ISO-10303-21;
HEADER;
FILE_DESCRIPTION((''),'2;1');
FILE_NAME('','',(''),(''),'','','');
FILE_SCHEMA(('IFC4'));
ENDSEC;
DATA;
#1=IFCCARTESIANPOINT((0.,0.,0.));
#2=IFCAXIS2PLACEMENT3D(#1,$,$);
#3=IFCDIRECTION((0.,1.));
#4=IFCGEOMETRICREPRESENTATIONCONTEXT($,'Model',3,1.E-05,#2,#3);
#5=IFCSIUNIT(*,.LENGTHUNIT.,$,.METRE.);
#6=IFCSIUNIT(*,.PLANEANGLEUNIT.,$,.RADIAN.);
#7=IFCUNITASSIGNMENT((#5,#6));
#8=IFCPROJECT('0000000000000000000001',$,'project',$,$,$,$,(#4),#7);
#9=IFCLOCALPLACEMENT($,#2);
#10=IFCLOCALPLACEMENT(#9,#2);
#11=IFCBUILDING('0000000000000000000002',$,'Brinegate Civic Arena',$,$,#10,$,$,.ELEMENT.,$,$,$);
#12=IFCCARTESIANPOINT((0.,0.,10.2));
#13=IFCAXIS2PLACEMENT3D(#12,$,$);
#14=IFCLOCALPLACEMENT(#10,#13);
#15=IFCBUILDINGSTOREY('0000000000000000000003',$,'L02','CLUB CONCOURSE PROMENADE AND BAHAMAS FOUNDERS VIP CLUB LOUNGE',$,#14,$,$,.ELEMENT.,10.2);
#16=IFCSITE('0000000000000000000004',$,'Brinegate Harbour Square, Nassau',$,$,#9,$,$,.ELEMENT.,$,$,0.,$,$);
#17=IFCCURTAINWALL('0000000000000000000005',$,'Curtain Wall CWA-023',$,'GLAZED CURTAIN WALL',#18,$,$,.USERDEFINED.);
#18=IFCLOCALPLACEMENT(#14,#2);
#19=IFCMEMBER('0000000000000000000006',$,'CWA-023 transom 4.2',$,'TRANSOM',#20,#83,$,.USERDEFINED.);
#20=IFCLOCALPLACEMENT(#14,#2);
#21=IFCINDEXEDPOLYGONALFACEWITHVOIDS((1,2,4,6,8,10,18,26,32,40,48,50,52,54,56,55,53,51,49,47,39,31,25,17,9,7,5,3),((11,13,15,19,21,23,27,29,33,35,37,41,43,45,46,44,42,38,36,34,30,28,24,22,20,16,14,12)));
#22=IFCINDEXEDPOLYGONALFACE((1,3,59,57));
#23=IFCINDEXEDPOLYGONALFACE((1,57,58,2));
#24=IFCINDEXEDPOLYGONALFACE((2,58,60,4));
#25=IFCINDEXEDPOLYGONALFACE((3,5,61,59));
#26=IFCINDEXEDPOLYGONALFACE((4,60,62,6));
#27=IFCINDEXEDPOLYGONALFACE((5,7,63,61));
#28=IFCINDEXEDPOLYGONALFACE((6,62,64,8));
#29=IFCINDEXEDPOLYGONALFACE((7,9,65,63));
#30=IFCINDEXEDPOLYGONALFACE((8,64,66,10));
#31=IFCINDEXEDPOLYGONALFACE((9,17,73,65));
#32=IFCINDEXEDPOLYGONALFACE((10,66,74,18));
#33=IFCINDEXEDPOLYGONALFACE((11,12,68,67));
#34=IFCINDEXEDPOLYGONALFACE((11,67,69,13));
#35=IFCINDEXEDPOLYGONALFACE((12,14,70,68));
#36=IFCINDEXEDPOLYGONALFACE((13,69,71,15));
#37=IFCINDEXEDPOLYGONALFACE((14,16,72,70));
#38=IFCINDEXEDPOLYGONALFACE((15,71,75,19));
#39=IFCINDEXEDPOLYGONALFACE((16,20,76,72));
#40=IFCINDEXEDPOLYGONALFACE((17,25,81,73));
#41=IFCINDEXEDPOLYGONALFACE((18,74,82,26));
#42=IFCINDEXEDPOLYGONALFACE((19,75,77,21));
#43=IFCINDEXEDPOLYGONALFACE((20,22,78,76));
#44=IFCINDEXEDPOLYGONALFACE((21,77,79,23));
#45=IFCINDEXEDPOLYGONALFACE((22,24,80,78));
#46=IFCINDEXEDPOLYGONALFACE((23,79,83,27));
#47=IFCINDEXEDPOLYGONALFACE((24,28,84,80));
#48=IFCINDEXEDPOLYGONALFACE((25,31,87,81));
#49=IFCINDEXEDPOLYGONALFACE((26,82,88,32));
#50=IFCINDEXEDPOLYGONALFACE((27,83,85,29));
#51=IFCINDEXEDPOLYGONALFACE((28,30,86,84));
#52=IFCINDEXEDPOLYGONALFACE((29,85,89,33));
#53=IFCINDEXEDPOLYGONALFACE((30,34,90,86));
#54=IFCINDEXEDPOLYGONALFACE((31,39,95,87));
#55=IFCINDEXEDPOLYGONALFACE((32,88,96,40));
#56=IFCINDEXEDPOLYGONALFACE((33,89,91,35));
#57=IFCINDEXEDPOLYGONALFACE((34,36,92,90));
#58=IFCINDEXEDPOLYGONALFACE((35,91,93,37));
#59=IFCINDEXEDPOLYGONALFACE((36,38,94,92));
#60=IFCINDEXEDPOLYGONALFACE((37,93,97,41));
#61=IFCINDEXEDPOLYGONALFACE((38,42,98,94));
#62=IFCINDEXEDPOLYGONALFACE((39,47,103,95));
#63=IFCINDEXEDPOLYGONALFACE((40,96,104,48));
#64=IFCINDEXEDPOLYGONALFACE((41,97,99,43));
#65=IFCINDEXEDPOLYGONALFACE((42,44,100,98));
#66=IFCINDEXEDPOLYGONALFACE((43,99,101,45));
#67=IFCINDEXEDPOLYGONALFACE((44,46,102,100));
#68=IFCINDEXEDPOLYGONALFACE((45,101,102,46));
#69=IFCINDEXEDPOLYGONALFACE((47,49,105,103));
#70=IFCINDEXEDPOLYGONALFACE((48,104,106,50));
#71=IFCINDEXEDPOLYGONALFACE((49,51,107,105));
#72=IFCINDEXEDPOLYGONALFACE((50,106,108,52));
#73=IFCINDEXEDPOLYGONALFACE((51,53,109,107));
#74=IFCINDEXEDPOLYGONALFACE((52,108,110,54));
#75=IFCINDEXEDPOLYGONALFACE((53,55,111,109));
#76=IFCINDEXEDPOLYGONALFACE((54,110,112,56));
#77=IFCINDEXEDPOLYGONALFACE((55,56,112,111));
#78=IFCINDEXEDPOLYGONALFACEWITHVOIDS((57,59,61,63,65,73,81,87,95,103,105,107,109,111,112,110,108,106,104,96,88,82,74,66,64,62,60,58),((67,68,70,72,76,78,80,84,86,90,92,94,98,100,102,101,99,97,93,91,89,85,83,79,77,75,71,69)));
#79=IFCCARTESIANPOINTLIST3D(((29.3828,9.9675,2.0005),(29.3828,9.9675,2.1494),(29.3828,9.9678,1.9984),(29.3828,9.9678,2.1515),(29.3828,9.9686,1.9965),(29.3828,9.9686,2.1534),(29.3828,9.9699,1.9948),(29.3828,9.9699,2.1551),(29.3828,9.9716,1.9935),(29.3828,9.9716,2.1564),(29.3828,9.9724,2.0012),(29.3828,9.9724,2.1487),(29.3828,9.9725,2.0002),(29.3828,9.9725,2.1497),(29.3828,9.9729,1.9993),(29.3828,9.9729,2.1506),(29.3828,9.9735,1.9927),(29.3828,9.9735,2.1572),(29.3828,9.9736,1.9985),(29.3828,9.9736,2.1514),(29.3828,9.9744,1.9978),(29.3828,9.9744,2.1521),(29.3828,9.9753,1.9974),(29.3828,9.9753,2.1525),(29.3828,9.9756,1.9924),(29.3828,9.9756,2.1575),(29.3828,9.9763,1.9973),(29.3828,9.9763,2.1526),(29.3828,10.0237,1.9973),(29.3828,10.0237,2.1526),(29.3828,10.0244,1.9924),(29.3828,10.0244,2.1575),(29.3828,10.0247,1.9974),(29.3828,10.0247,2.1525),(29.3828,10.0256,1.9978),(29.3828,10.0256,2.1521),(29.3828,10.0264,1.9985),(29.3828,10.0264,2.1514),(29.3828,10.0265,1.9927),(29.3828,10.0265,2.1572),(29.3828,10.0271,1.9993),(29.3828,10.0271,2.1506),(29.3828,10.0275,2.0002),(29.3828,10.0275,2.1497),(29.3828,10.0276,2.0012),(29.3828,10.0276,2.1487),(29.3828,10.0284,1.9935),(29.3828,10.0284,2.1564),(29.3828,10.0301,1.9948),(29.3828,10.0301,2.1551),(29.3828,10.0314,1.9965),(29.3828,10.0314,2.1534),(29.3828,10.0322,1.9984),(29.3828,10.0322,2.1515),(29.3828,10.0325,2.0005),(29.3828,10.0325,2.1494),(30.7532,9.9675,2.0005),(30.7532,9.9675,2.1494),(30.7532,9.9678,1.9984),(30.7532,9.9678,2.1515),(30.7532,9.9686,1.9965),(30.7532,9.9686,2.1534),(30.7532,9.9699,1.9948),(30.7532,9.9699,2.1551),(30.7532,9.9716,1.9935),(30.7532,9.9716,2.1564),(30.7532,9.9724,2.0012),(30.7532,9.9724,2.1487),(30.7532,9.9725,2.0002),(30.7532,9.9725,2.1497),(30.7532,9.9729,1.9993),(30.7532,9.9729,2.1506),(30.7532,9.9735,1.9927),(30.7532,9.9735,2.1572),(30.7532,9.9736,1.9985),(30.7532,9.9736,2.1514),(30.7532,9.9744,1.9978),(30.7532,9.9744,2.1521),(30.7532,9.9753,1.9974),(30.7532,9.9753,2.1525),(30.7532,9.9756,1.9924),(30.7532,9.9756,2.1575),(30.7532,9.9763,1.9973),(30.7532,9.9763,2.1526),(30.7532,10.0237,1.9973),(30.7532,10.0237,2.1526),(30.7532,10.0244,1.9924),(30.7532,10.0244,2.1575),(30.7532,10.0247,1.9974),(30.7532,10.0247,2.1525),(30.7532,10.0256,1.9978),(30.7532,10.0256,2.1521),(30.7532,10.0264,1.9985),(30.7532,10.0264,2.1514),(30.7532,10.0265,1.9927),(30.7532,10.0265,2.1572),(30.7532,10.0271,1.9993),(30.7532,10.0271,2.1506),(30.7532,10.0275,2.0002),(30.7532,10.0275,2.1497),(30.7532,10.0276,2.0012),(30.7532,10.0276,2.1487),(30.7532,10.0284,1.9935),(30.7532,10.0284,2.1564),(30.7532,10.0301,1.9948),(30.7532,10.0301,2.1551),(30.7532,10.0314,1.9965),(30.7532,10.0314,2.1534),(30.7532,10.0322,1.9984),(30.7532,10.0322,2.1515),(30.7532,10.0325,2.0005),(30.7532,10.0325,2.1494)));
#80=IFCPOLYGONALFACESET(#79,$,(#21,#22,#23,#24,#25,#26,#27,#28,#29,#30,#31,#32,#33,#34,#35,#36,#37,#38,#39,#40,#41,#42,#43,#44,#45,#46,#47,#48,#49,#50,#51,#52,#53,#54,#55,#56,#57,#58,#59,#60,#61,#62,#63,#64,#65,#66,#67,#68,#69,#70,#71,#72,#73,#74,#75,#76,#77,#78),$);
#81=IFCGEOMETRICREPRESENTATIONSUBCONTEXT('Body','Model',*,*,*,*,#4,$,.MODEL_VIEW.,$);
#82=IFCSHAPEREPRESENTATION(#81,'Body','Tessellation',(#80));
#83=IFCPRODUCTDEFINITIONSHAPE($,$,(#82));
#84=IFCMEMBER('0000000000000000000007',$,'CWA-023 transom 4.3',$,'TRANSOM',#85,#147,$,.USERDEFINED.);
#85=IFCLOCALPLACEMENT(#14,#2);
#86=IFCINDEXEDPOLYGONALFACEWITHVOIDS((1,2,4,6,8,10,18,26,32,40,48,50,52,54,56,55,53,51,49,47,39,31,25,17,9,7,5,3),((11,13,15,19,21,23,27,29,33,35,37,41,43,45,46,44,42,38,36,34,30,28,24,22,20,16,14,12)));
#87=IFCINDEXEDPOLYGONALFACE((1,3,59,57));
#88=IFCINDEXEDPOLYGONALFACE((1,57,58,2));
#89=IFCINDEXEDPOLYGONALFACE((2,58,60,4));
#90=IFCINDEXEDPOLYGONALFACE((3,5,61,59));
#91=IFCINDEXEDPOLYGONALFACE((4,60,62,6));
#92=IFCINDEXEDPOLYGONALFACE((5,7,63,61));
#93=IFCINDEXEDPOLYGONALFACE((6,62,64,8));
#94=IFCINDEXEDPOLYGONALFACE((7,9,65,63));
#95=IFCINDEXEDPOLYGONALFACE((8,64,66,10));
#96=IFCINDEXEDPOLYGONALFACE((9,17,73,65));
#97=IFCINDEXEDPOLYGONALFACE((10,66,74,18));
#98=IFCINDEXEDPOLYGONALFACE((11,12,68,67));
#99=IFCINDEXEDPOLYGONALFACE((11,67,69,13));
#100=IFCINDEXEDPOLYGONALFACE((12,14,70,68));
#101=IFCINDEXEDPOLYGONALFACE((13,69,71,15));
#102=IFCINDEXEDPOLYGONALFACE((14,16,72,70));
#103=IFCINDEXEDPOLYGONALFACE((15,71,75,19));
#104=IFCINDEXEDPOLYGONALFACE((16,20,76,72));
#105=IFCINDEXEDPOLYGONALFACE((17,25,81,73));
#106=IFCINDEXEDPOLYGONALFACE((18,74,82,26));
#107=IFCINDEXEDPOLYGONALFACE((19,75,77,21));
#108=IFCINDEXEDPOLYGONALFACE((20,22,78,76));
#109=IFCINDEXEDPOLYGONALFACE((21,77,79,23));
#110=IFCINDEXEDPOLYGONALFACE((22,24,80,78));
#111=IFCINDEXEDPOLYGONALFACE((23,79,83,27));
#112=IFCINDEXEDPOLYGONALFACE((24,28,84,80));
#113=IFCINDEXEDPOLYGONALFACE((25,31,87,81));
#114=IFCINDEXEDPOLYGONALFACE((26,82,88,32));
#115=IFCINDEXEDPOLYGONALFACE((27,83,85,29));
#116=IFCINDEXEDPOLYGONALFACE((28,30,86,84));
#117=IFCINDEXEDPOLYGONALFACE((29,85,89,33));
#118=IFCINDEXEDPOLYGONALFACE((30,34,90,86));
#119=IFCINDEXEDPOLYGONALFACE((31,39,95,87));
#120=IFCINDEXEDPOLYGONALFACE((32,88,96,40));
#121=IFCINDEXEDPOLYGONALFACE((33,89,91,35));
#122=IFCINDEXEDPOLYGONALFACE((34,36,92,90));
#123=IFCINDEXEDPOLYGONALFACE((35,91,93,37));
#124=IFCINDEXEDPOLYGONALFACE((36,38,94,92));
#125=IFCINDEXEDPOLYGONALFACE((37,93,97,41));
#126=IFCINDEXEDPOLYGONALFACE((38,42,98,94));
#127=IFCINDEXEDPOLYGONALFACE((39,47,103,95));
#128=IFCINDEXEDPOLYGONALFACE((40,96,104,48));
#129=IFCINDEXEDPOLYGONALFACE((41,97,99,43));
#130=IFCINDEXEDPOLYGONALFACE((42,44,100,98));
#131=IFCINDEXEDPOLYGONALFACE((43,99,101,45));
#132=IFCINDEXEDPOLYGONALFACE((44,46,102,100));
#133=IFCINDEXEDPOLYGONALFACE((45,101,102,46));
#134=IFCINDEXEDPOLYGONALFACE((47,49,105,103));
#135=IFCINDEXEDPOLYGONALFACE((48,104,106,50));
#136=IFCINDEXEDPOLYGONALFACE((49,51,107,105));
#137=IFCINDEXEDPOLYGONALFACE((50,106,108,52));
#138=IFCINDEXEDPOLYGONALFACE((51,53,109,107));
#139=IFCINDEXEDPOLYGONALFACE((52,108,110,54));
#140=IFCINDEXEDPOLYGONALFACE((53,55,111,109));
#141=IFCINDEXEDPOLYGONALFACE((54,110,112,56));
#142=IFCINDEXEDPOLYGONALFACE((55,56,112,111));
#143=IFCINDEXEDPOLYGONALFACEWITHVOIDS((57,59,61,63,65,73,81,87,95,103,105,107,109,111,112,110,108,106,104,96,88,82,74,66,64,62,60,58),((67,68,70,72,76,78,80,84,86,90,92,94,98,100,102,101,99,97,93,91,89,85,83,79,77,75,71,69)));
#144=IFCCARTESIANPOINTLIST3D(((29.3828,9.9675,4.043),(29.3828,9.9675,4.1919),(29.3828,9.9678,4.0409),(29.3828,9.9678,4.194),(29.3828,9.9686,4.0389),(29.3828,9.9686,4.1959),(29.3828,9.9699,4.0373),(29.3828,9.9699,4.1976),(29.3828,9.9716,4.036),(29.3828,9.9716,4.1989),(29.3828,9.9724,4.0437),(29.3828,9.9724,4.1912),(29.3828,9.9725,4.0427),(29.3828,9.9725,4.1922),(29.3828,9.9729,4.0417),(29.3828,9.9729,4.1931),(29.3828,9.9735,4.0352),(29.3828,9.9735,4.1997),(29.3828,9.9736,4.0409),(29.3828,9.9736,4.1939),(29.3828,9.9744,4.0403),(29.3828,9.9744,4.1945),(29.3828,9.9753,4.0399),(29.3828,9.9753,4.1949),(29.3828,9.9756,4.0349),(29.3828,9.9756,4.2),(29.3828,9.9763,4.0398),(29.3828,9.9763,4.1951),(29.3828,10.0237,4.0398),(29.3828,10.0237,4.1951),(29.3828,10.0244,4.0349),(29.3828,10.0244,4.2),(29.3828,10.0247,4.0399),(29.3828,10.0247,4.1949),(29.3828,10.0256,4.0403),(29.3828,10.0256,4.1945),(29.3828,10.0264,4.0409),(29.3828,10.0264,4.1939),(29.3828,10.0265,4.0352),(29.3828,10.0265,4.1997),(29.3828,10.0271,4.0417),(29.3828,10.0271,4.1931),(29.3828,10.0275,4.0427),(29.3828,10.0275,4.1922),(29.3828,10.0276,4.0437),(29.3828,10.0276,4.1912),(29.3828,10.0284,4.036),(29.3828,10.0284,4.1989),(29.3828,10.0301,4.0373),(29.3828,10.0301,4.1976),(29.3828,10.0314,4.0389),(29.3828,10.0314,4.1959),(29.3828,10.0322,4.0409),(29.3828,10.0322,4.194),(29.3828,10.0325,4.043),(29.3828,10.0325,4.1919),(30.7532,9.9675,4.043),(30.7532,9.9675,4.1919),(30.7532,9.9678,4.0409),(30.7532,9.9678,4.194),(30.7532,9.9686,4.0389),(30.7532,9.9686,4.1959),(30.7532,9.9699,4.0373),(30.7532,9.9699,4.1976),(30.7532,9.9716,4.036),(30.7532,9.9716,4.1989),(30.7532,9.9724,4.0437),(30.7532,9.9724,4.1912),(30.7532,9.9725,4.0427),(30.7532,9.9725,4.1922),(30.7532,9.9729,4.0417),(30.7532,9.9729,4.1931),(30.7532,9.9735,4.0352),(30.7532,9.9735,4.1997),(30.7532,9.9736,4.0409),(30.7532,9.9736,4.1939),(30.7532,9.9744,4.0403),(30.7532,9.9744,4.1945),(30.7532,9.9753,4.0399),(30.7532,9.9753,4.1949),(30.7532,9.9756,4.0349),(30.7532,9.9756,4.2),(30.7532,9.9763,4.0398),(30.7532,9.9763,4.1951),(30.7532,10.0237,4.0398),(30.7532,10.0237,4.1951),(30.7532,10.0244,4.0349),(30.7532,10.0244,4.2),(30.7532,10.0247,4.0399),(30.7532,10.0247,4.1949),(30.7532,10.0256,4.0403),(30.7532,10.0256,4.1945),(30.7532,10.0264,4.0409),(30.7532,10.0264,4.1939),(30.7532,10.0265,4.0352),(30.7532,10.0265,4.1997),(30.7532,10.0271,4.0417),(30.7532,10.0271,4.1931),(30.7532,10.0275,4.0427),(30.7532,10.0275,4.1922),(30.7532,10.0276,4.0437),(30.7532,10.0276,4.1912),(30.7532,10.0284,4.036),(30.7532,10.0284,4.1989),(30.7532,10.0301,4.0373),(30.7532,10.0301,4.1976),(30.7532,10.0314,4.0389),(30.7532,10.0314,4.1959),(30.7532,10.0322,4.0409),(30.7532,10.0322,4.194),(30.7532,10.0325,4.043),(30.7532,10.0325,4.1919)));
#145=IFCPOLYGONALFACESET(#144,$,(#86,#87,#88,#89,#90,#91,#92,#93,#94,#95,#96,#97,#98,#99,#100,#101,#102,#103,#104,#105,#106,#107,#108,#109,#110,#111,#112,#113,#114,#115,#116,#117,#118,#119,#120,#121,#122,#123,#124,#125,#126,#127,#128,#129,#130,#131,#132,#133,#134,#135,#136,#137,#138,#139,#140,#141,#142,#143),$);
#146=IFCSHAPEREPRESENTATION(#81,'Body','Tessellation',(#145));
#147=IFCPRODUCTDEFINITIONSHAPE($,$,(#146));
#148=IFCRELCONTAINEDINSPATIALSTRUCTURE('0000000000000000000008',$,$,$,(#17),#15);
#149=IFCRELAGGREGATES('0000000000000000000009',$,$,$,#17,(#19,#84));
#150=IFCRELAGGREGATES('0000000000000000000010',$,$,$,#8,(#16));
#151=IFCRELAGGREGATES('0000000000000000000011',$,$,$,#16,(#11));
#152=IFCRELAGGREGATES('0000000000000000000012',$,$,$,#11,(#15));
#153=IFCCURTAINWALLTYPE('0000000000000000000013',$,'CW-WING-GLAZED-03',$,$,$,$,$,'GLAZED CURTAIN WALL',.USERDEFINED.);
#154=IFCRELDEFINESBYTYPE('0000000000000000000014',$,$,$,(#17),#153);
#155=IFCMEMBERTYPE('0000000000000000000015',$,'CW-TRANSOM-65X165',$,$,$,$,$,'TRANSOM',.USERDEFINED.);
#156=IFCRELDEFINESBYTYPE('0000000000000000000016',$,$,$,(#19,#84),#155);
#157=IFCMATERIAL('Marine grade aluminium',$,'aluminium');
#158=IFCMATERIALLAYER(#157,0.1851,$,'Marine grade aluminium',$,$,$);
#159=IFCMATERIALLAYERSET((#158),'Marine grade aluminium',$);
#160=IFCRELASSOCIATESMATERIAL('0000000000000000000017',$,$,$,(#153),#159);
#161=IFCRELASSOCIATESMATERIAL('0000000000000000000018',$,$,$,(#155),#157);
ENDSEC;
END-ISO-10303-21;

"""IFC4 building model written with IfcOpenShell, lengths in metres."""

from ifc_helpers import new_model, si_unit, direction, frame, origin, origin_2d, place, context, subcontext, project, spatial, hollow_rectangle, extrude, material, layer, layer_set, material_profile, profile_set, type_object, element, aggregate, save


model = new_model("IFC4")

# Units and contexts
model_context = context("Model", 3, precision=1e-05, world=origin(), true_north=direction((0.0, 1.0)))
body_context = subcontext(model_context, "Body", "Model", "MODEL_VIEW")
ifc_project = project(units=[si_unit("LENGTHUNIT", "METRE"), si_unit("PLANEANGLEUNIT", "RADIAN")], contexts=[model_context])

# Site, building, storey
site_placement = place(None, origin())
site = spatial("IfcSite", under=ifc_project, at=site_placement, Name="Brinegate Harbour Square, Nassau", CompositionType="ELEMENT", RefElevation=0.0)
building_placement = place(site_placement, origin())
building = spatial("IfcBuilding", under=site, at=building_placement, Name="Brinegate Civic Arena", CompositionType="ELEMENT")
storey_placement = place(building_placement, frame((0.0, 0.0, 10.2)))
storey = spatial("IfcBuildingStorey", under=building, at=storey_placement, Name="L02", Description="CLUB CONCOURSE PROMENADE AND BAHAMAS FOUNDERS VIP CLUB LOUNGE", CompositionType="ELEMENT", Elevation=10.2)

# Curtain wall, members
ifc_material_1 = material(Name="Marine grade aluminium", Category="aluminium")
ifc_layer_1 = layer(ifc_material_1, 0.1851, Name="Marine grade aluminium")
ifc_layer_set_1 = layer_set([ifc_layer_1], Name="Marine grade aluminium")
curtain_wall_type = type_object("IfcCurtainWallType", Name="CW-WING-GLAZED-03", ElementType="GLAZED CURTAIN WALL", PredefinedType="USERDEFINED", material=ifc_layer_set_1)
curtain_wall_placement = place(storey_placement, origin())
curtain_wall = element("IfcCurtainWall", 1, at=curtain_wall_placement, inside=storey, type_object=curtain_wall_type, Name="Curtain Wall CWA-023", ObjectType="GLAZED CURTAIN WALL", PredefinedType="USERDEFINED")
ifc_material_profile_1 = material_profile(ifc_material_1, hollow_rectangle(XDim=0.0649, YDim=0.165, WallThickness=0.0049, InnerFilletRadius=0.0039, OuterFilletRadius=0.0081, at=origin_2d()), Name="TRN65X165")
ifc_profile_set_1 = profile_set([ifc_material_profile_1], Name="Marine grade aluminium")
member_type_1 = type_object("IfcMemberType", Name="CW-TRANSOM-65X165", ElementType="TRANSOM", PredefinedType="USERDEFINED", material=ifc_profile_set_1)
member_1_placement = place(storey_placement, frame((29.3828, 10.0, 2.075), z_axis=(1.0, 0.0, 0.0), x_axis=(0.0, 1.0, 0.0)))
member_1 = element("IfcMember", 2, at=member_1_placement, type_object=member_type_1, Name="CWA-023 transom 4.2", ObjectType="TRANSOM", PredefinedType="USERDEFINED", context=body_context, shape_type="SweptSolid", body=[
    extrude(hollow_rectangle(XDim=0.0649, YDim=0.165, WallThickness=0.0049, InnerFilletRadius=0.0039, OuterFilletRadius=0.0081, at=origin_2d()), origin(), (0.0, 0.0, 1.0), 1.3704),
])
member_2_placement = place(storey_placement, frame((29.3828, 10.0, 4.1174), z_axis=(1.0, 0.0, 0.0), x_axis=(0.0, 1.0, 0.0)))
member_2 = element("IfcMember", 3, at=member_2_placement, type_object=member_type_1, Name="CWA-023 transom 4.3", ObjectType="TRANSOM", PredefinedType="USERDEFINED", context=body_context, shape_type="SweptSolid", body=[
    extrude(hollow_rectangle(XDim=0.0649, YDim=0.165, WallThickness=0.0049, InnerFilletRadius=0.0039, OuterFilletRadius=0.0081, at=origin_2d()), origin(), (0.0, 0.0, 1.0), 1.3704),
])

aggregate(curtain_wall, [member_1, member_2])

save(model, "model.ifc")
